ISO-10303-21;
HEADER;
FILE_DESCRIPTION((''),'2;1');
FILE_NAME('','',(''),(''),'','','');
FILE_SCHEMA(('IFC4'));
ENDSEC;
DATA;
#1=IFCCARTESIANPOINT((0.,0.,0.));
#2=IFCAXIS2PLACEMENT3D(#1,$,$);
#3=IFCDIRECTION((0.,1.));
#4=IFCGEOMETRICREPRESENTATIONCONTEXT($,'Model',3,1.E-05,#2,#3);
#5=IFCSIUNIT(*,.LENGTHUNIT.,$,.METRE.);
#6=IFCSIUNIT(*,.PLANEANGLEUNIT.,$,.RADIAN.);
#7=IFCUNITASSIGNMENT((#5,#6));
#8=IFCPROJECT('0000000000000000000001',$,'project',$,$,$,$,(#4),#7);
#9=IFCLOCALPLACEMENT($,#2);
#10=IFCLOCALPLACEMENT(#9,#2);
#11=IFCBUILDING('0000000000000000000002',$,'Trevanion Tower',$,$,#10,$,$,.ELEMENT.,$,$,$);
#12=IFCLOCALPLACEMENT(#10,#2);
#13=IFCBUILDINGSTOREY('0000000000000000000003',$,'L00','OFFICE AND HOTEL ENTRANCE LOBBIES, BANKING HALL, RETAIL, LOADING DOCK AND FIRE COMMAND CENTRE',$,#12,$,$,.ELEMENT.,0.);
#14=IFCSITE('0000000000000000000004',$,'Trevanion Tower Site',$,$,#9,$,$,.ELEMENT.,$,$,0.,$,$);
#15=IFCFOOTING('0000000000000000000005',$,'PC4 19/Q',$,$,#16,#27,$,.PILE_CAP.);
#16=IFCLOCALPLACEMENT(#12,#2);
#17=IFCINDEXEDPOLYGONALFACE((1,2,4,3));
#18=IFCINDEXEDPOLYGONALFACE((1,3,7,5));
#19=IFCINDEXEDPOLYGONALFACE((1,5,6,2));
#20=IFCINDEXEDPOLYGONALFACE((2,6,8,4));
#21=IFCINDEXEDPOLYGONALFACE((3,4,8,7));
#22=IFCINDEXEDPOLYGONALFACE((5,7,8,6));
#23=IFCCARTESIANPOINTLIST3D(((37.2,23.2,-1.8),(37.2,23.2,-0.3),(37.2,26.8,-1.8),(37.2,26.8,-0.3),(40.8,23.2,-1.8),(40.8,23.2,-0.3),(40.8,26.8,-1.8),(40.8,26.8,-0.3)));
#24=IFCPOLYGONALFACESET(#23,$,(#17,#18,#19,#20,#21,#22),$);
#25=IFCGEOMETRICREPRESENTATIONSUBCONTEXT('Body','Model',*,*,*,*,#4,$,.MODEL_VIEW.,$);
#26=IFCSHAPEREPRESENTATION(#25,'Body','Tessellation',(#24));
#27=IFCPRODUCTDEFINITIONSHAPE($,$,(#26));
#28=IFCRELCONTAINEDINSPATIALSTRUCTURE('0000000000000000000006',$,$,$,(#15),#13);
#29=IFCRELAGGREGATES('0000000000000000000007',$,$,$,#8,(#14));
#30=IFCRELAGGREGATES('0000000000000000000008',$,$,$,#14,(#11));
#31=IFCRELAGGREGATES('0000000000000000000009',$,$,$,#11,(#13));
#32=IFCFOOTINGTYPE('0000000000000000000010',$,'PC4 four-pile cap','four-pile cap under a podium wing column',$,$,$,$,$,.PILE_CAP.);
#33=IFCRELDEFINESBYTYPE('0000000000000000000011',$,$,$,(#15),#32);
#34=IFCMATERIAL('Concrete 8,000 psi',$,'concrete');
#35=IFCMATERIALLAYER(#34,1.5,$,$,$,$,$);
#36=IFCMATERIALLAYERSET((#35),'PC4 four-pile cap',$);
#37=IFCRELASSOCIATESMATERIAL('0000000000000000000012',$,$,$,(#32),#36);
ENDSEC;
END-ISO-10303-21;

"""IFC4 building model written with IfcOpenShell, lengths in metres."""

from ifc_helpers import new_model, si_unit, direction, frame, origin, place, context, subcontext, project, spatial, polyline, outline, extrude, material, layer, layer_set, type_object, element, save


model = new_model("IFC4")

# Units and contexts
model_context = context("Model", 3, precision=1e-05, world=origin(), true_north=direction((0.0, 1.0)))
body_context = subcontext(model_context, "Body", "Model", "MODEL_VIEW")
ifc_project = project(units=[si_unit("LENGTHUNIT", "METRE"), si_unit("PLANEANGLEUNIT", "RADIAN")], contexts=[model_context])

# Site, building, storey
site_placement = place(None, origin())
site = spatial("IfcSite", under=ifc_project, at=site_placement, Name="Trevanion Tower Site", CompositionType="ELEMENT", RefElevation=0.0)
building_placement = place(site_placement, origin())
building = spatial("IfcBuilding", under=site, at=building_placement, Name="Trevanion Tower", CompositionType="ELEMENT")
storey_placement = place(building_placement, origin())
storey = spatial("IfcBuildingStorey", under=building, at=storey_placement, Name="L00", Description="OFFICE AND HOTEL ENTRANCE LOBBIES, BANKING HALL, RETAIL, LOADING DOCK AND FIRE COMMAND CENTRE", CompositionType="ELEMENT", Elevation=0.0)

# Footing
ifc_material_1 = material(Name="Concrete 8,000 psi", Category="concrete")
ifc_layer_1 = layer(ifc_material_1, 1.5)
ifc_layer_set_1 = layer_set([ifc_layer_1], Name="PC4 four-pile cap")
footing_type_1 = type_object("IfcFootingType", Name="PC4 four-pile cap", Description="four-pile cap under a podium wing column", PredefinedType="PILE_CAP", material=ifc_layer_set_1)
footing_1_placement = place(storey_placement, frame((0.0, 0.0, -1.8)))
element("IfcFooting", 1, at=footing_1_placement, inside=storey, type_object=footing_type_1, Name="PC4 19/Q", PredefinedType="PILE_CAP", context=body_context, shape_type="SweptSolid", body=[
    extrude(outline(polyline([(40.8, 23.2), (40.8, 26.8), (37.2, 26.8), (37.2, 23.2), (40.8, 23.2)])), origin(), (0.0, 0.0, 1.0), 1.5),
])

save(model, "model.ifc")
